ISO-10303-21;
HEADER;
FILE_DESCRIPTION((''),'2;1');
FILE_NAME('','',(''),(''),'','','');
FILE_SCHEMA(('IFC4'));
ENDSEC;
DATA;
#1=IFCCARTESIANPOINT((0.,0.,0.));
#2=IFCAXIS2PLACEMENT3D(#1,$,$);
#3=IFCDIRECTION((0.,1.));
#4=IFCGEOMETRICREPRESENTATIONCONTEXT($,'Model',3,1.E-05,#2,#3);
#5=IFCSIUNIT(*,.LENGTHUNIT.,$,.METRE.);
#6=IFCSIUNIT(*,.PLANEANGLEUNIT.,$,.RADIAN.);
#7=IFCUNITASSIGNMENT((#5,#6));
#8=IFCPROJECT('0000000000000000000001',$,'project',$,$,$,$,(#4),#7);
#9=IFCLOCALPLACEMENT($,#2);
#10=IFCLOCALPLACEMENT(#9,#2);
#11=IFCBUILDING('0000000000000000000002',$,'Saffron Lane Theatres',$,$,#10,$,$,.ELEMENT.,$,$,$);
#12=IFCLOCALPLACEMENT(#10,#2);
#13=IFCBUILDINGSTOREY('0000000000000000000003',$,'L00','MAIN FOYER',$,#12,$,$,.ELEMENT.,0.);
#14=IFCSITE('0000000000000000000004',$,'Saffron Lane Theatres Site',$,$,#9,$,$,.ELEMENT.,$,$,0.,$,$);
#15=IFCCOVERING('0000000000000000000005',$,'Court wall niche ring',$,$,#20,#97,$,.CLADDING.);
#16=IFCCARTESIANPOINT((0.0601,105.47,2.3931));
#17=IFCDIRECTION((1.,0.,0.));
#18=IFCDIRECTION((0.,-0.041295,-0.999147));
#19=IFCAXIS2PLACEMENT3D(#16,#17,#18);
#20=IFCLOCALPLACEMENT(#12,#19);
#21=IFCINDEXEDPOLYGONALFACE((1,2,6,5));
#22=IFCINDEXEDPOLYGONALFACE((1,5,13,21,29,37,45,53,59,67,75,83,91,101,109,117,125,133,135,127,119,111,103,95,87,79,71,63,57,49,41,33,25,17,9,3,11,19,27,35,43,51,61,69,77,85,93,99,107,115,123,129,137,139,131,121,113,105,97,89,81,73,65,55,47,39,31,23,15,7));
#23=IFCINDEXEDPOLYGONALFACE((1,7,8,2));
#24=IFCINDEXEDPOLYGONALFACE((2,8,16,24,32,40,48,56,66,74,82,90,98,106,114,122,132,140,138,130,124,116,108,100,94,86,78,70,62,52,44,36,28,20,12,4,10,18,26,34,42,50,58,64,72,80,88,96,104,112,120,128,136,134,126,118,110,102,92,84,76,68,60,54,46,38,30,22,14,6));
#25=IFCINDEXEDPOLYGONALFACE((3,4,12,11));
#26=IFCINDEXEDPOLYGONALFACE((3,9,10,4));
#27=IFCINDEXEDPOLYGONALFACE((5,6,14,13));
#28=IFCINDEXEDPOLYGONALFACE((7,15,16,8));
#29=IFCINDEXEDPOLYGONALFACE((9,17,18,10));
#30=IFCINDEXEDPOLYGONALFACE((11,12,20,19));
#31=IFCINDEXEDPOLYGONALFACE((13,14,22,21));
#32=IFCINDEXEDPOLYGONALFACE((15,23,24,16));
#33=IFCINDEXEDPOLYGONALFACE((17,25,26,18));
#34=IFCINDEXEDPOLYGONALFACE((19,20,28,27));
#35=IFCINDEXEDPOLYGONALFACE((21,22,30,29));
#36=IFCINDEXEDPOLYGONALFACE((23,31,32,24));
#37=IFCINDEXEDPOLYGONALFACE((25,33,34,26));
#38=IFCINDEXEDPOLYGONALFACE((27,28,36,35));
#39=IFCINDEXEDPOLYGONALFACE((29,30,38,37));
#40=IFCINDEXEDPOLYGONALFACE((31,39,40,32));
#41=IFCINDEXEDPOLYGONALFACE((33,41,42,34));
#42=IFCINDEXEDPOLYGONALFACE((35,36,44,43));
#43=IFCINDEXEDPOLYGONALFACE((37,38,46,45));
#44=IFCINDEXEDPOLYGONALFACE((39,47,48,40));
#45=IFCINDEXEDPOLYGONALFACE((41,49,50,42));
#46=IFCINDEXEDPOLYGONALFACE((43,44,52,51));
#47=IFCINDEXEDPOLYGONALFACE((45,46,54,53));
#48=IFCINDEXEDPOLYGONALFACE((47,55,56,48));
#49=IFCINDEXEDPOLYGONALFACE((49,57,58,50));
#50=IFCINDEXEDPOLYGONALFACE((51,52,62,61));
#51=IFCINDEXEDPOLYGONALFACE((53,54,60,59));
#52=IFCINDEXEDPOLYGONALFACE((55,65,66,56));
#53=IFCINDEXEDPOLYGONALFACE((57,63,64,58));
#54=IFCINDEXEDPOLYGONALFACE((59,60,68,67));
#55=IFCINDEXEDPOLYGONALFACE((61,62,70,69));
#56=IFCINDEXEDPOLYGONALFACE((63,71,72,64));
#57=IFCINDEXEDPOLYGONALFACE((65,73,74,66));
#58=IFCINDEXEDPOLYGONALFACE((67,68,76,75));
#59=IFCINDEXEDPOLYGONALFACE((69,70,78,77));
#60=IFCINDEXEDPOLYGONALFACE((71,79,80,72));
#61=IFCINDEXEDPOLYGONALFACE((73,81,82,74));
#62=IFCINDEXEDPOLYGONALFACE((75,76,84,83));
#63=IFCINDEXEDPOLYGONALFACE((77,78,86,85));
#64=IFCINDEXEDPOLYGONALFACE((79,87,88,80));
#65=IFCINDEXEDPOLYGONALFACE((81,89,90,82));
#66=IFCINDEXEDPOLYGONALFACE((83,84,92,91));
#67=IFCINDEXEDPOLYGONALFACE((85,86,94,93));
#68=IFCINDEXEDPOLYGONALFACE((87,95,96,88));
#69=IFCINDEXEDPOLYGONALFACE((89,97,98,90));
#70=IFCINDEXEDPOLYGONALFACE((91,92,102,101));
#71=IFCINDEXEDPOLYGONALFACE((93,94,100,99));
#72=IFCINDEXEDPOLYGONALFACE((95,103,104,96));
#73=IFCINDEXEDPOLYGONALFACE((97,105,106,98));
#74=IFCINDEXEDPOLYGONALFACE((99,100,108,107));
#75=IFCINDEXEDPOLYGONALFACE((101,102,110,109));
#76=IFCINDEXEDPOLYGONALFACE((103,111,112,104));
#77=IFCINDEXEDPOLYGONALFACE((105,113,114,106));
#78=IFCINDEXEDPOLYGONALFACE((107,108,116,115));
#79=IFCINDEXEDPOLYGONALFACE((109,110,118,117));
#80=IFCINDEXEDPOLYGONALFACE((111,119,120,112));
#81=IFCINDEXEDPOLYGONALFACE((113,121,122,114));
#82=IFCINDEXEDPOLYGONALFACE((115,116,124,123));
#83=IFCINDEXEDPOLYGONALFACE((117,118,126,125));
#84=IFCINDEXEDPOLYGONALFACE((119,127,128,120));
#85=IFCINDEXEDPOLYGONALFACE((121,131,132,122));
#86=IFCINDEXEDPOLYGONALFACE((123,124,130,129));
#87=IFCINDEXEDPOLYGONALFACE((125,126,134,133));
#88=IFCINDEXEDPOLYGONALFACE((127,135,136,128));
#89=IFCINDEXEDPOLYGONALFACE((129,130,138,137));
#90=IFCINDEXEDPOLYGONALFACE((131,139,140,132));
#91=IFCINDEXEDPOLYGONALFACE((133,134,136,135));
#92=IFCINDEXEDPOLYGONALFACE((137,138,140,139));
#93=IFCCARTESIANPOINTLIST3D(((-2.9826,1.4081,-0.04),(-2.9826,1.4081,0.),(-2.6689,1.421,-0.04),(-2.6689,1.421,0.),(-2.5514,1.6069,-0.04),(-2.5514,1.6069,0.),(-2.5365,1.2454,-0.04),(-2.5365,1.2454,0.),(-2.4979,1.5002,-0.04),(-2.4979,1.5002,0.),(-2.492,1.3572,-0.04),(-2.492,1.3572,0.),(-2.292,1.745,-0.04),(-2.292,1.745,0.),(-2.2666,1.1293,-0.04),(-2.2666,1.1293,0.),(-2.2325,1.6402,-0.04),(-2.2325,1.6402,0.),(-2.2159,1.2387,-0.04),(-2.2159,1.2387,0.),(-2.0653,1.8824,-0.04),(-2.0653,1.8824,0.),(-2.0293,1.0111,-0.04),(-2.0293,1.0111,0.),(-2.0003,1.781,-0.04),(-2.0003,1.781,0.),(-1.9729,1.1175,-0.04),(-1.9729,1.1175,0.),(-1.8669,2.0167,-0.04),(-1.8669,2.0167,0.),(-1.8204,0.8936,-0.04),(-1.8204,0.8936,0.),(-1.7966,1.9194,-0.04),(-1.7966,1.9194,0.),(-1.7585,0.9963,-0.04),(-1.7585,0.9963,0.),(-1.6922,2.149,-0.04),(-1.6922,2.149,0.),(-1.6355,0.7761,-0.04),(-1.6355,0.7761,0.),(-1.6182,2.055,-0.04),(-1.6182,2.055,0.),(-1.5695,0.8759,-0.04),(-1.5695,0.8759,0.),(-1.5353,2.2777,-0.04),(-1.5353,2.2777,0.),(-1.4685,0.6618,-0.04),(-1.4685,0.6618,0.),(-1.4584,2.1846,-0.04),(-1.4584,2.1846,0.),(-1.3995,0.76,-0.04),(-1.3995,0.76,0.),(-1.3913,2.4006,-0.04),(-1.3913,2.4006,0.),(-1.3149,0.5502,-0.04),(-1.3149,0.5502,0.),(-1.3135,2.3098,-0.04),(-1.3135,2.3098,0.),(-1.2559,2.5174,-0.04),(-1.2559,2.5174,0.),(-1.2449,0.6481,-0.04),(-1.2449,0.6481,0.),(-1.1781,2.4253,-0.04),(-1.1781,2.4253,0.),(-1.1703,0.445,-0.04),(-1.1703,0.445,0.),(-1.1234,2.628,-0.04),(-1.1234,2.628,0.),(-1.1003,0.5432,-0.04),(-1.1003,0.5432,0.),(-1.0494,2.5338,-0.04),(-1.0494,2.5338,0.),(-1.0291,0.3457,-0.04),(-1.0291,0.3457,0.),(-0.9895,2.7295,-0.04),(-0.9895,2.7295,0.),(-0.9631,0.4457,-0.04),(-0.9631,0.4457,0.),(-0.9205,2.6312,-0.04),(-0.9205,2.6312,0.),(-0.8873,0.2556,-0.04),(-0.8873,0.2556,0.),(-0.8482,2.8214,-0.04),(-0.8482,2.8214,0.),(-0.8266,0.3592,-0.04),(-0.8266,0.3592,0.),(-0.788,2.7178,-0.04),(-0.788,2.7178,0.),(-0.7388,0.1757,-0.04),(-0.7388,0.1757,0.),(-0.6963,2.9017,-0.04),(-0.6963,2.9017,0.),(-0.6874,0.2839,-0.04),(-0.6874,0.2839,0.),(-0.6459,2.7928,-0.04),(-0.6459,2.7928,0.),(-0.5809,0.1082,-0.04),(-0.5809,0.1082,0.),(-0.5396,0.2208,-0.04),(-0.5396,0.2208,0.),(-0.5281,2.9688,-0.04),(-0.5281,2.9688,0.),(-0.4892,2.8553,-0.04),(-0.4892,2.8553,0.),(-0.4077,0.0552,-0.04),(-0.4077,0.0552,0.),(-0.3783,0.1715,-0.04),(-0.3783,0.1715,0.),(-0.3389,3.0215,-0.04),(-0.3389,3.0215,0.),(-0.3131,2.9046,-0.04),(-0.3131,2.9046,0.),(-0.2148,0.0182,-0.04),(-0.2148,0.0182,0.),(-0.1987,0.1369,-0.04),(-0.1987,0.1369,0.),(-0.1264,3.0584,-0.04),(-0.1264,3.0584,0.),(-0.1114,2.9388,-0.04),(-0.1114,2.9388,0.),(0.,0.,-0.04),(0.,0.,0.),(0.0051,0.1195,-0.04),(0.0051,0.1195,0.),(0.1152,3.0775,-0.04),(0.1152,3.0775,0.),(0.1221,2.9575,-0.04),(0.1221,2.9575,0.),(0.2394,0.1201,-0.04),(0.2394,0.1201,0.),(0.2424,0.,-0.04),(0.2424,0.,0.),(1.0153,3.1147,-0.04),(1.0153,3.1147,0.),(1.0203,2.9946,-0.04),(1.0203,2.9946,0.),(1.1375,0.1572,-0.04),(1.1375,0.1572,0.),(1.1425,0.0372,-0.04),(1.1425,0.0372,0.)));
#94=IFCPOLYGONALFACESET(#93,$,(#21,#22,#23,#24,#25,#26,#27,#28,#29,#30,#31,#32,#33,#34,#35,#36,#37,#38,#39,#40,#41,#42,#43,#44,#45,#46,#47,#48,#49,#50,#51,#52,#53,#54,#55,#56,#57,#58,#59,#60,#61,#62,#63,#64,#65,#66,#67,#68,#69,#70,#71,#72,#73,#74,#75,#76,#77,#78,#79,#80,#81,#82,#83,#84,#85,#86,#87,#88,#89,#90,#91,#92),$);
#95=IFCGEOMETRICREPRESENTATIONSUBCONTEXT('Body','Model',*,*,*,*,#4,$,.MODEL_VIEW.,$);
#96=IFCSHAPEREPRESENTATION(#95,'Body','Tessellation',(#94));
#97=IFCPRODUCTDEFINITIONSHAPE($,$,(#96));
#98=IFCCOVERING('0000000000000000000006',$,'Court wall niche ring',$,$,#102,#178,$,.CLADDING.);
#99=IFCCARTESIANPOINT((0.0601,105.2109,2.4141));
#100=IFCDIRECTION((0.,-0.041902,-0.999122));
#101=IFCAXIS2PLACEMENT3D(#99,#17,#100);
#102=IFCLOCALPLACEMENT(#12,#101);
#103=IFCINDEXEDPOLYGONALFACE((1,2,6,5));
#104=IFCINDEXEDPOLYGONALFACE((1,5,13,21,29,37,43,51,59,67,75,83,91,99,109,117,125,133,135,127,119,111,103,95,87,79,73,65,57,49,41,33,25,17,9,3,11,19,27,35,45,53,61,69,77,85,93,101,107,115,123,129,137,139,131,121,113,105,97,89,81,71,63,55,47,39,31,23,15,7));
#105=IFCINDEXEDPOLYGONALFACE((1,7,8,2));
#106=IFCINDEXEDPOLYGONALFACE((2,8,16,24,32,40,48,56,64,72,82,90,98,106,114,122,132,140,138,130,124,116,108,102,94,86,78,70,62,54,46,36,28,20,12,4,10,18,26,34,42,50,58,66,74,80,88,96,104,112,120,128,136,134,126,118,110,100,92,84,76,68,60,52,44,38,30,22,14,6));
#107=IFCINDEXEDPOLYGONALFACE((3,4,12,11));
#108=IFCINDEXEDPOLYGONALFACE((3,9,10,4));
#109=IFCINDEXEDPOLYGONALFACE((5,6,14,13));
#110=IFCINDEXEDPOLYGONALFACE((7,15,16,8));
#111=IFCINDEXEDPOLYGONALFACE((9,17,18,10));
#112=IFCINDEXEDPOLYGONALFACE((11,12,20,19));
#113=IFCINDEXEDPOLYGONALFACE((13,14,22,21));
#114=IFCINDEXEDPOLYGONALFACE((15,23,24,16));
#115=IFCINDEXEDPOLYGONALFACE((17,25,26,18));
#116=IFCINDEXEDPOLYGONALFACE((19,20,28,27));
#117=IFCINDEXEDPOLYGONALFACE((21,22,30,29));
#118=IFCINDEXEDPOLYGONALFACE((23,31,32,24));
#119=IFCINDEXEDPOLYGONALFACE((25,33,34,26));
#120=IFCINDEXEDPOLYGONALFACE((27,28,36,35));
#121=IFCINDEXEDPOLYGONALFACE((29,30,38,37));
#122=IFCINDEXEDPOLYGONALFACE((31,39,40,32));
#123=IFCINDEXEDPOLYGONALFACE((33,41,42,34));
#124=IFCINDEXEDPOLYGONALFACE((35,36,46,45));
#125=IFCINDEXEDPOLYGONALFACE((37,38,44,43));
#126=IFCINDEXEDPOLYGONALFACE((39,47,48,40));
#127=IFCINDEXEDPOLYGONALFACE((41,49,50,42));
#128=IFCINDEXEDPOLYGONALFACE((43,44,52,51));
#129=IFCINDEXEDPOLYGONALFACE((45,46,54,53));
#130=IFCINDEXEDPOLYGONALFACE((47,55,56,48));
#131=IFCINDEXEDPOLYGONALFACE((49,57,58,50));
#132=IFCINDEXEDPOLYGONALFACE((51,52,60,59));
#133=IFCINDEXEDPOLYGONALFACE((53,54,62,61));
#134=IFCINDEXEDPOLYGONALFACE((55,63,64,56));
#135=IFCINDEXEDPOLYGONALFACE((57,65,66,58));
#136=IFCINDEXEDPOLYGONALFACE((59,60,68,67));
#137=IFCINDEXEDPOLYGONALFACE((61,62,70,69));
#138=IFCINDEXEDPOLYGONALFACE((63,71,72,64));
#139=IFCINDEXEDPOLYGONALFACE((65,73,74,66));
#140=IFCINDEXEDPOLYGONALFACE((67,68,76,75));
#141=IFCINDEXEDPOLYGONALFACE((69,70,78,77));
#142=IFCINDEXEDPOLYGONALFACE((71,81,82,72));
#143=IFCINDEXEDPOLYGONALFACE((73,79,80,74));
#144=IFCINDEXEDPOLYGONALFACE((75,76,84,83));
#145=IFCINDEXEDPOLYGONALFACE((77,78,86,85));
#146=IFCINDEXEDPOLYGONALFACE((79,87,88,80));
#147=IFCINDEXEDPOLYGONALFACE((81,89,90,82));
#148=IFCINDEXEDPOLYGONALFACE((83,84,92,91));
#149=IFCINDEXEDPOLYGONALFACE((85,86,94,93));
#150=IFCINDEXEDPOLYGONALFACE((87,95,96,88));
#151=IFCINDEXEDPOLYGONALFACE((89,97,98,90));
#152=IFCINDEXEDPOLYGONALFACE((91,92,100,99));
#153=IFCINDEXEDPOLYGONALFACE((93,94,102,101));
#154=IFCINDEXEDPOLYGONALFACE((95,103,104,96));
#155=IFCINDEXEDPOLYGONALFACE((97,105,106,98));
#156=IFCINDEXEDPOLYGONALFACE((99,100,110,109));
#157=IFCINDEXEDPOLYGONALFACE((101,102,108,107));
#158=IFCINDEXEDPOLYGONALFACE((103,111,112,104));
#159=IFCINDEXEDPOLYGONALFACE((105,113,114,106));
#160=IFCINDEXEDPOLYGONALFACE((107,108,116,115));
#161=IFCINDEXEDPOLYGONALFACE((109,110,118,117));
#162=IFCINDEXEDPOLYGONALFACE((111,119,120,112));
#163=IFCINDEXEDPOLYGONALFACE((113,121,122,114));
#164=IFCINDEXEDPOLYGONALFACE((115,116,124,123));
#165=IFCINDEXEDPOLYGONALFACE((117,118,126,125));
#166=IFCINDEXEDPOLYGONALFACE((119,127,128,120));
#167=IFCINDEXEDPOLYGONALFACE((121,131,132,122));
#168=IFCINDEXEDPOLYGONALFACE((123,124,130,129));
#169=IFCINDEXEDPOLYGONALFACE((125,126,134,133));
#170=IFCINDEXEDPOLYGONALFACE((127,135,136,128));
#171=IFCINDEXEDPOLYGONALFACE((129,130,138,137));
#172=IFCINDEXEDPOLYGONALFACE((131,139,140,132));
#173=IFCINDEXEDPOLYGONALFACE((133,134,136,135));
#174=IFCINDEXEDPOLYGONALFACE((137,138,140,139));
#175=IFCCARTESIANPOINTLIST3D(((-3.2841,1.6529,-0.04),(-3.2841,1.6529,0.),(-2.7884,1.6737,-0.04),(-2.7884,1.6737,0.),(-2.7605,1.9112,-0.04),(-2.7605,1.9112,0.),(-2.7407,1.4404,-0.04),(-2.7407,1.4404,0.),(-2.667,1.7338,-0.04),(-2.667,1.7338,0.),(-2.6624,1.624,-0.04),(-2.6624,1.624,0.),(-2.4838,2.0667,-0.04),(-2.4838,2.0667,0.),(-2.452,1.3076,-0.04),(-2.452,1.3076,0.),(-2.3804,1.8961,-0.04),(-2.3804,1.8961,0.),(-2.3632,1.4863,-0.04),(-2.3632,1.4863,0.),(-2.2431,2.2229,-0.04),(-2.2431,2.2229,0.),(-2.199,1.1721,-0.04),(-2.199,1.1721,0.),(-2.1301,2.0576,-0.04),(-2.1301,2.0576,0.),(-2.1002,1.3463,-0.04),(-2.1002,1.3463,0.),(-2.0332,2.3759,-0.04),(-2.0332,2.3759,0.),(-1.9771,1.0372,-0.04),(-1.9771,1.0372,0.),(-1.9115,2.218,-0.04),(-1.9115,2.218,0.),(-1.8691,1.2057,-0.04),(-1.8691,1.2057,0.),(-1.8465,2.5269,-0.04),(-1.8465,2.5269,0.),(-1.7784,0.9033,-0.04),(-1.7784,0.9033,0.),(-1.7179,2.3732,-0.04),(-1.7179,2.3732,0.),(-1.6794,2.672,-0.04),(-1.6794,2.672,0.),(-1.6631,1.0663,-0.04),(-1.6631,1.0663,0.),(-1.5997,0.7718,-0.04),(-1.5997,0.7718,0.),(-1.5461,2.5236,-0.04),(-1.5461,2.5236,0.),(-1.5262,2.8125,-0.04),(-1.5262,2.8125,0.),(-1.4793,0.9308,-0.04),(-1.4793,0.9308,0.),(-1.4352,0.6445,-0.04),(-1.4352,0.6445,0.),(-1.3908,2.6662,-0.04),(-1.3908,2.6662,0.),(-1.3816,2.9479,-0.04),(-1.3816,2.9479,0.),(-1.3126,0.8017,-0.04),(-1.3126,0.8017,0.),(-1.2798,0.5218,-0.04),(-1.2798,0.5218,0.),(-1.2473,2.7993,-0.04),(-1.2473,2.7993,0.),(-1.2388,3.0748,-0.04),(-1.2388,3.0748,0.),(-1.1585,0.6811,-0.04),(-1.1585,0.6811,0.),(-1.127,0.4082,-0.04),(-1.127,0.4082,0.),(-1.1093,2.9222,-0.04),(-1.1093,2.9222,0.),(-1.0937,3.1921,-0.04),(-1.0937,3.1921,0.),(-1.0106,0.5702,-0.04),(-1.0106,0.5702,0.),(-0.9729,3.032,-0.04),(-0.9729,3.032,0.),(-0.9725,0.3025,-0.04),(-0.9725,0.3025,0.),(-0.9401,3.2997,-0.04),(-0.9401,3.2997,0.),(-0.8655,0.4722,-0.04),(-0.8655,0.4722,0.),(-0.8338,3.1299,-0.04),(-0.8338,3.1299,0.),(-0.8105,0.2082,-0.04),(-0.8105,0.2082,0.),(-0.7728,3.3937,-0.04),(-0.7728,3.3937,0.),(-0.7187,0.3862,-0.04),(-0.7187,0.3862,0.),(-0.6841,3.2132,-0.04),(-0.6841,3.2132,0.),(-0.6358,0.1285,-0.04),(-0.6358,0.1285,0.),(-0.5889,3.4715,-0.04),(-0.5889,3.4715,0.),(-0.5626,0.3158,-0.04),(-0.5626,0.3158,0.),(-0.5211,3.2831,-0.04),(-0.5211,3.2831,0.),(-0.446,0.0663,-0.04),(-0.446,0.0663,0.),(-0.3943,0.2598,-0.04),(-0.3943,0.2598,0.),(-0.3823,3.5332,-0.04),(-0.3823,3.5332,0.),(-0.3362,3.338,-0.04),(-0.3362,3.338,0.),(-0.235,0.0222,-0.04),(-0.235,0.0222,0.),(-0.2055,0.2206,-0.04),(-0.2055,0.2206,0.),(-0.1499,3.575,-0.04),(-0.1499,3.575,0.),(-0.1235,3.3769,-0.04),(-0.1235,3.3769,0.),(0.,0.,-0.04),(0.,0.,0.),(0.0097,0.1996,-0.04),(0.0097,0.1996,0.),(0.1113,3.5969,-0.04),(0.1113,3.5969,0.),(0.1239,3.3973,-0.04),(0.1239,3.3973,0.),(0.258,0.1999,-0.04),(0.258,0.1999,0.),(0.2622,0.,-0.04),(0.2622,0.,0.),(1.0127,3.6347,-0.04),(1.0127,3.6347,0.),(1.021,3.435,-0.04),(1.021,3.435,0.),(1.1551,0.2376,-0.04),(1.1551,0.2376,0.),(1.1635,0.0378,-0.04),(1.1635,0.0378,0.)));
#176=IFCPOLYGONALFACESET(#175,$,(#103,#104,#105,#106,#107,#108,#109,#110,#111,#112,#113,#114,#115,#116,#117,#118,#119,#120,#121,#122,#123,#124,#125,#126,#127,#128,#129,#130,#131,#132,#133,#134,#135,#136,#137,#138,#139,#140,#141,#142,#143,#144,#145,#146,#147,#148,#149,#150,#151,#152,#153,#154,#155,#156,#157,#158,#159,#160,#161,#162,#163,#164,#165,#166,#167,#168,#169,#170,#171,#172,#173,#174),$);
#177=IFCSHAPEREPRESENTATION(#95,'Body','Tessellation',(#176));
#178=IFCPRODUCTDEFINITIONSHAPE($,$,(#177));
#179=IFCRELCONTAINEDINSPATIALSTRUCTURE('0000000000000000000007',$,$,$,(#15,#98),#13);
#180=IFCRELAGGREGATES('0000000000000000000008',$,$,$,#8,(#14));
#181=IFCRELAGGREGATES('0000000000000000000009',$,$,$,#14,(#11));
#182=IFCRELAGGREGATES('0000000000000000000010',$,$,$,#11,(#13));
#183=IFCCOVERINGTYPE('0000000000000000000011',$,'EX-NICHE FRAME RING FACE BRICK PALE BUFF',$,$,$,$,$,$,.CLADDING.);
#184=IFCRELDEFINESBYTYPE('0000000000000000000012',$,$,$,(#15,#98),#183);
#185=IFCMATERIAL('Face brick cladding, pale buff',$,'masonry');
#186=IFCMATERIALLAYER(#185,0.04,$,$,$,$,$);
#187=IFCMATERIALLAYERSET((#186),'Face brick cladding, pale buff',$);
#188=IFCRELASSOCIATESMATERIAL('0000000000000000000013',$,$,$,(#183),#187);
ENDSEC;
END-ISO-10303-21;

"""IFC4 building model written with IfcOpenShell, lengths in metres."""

from ifc_helpers import new_model, si_unit, direction, frame, origin, place, context, subcontext, project, spatial, polyline, outline, extrude, material, layer, layer_set, type_object, element, save


model = new_model("IFC4")

# Units and contexts
model_context = context("Model", 3, precision=1e-05, world=origin(), true_north=direction((0.0, 1.0)))
body_context = subcontext(model_context, "Body", "Model", "MODEL_VIEW")
ifc_project = project(units=[si_unit("LENGTHUNIT", "METRE"), si_unit("PLANEANGLEUNIT", "RADIAN")], contexts=[model_context])

# Site, building, storey
site_placement = place(None, origin())
site = spatial("IfcSite", under=ifc_project, at=site_placement, Name="Saffron Lane Theatres Site", CompositionType="ELEMENT", RefElevation=0.0)
building_placement = place(site_placement, origin())
building = spatial("IfcBuilding", under=site, at=building_placement, Name="Saffron Lane Theatres", CompositionType="ELEMENT")
storey_placement = place(building_placement, origin())
storey = spatial("IfcBuildingStorey", under=building, at=storey_placement, Name="L00", Description="MAIN FOYER", CompositionType="ELEMENT", Elevation=0.0)

# Coverings
ifc_material_1 = material(Name="Face brick cladding, pale buff", Category="masonry")
ifc_layer_1 = layer(ifc_material_1, 0.04)
ifc_layer_set_1 = layer_set([ifc_layer_1], Name="Face brick cladding, pale buff")
covering_type_1 = type_object("IfcCoveringType", Name="EX-NICHE FRAME RING FACE BRICK PALE BUFF", PredefinedType="CLADDING", material=ifc_layer_set_1)
covering_1_placement = place(storey_placement, frame((0.0601, 105.47, 2.3931), z_axis=(1.0, 0.0, 0.0), x_axis=(0.0, -0.041295, -0.999147)))
element("IfcCovering", 1, at=covering_1_placement, inside=storey, type_object=covering_type_1, Name="Court wall niche ring", PredefinedType="CLADDING", context=body_context, shape_type="SweptSolid", body=[
    extrude(outline(polyline([(0.0, 0.0), (0.2424, 0.0), (1.1425, 0.0372), (1.1375, 0.1572), (0.2394, 0.1201), (0.0051, 0.1195), (-0.1987, 0.1369), (-0.3783, 0.1715), (-0.5396, 0.2208), (-0.6874, 0.2839), (-0.8266, 0.3592), (-0.9631, 0.4457), (-1.1003, 0.5432), (-1.2449, 0.6481), (-1.3995, 0.76), (-1.5695, 0.8759), (-1.7585, 0.9963), (-1.9729, 1.1175), (-2.2159, 1.2387), (-2.492, 1.3572), (-2.6689, 1.421), (-2.4979, 1.5002), (-2.2325, 1.6402), (-2.0003, 1.781), (-1.7966, 1.9194), (-1.6182, 2.055), (-1.4584, 2.1846), (-1.3135, 2.3098), (-1.1781, 2.4253), (-1.0494, 2.5338), (-0.9205, 2.6312), (-0.788, 2.7178), (-0.6459, 2.7928), (-0.4892, 2.8553), (-0.3131, 2.9046), (-0.1114, 2.9388), (0.1221, 2.9575), (1.0203, 2.9946), (1.0153, 3.1147), (0.1152, 3.0775), (-0.1264, 3.0584), (-0.3389, 3.0215), (-0.5281, 2.9688), (-0.6963, 2.9017), (-0.8482, 2.8214), (-0.9895, 2.7295), (-1.1234, 2.628), (-1.2559, 2.5174), (-1.3913, 2.4006), (-1.5353, 2.2777), (-1.6922, 2.149), (-1.8669, 2.0167), (-2.0653, 1.8824), (-2.292, 1.745), (-2.5514, 1.6069), (-2.9826, 1.4081), (-2.5365, 1.2454), (-2.2666, 1.1293), (-2.0293, 1.0111), (-1.8204, 0.8936), (-1.6355, 0.7761), (-1.4685, 0.6618), (-1.3149, 0.5502), (-1.1703, 0.445), (-1.0291, 0.3457), (-0.8873, 0.2556), (-0.7388, 0.1757), (-0.5809, 0.1082), (-0.4077, 0.0552), (-0.2148, 0.0182), (0.0, 0.0)])), origin(), (0.0, 0.0, -1.0), 0.04),
])
covering_2_placement = place(storey_placement, frame((0.0601, 105.2109, 2.4141), z_axis=(1.0, 0.0, 0.0), x_axis=(0.0, -0.041902, -0.999122)))
element("IfcCovering", 2, at=covering_2_placement, inside=storey, type_object=covering_type_1, Name="Court wall niche ring", PredefinedType="CLADDING", context=body_context, shape_type="SweptSolid", body=[
    extrude(outline(polyline([(0.0, 0.0), (0.2622, 0.0), (1.1635, 0.0378), (1.1551, 0.2376), (0.258, 0.1999), (0.0097, 0.1996), (-0.2055, 0.2206), (-0.3943, 0.2598), (-0.5626, 0.3158), (-0.7187, 0.3862), (-0.8655, 0.4722), (-1.0106, 0.5702), (-1.1585, 0.6811), (-1.3126, 0.8017), (-1.4793, 0.9308), (-1.6631, 1.0663), (-1.8691, 1.2057), (-2.1002, 1.3463), (-2.3632, 1.4863), (-2.6624, 1.624), (-2.7884, 1.6737), (-2.667, 1.7338), (-2.3804, 1.8961), (-2.1301, 2.0576), (-1.9115, 2.218), (-1.7179, 2.3732), (-1.5461, 2.5236), (-1.3908, 2.6662), (-1.2473, 2.7993), (-1.1093, 2.9222), (-0.9729, 3.032), (-0.8338, 3.1299), (-0.6841, 3.2132), (-0.5211, 3.2831), (-0.3362, 3.338), (-0.1235, 3.3769), (0.1239, 3.3973), (1.021, 3.435), (1.0127, 3.6347), (0.1113, 3.5969), (-0.1499, 3.575), (-0.3823, 3.5332), (-0.5889, 3.4715), (-0.7728, 3.3937), (-0.9401, 3.2997), (-1.0937, 3.1921), (-1.2388, 3.0748), (-1.3816, 2.9479), (-1.5262, 2.8125), (-1.6794, 2.672), (-1.8465, 2.5269), (-2.0332, 2.3759), (-2.2431, 2.2229), (-2.4838, 2.0667), (-2.7605, 1.9112), (-3.2841, 1.6529), (-2.7407, 1.4404), (-2.452, 1.3076), (-2.199, 1.1721), (-1.9771, 1.0372), (-1.7784, 0.9033), (-1.5997, 0.7718), (-1.4352, 0.6445), (-1.2798, 0.5218), (-1.127, 0.4082), (-0.9725, 0.3025), (-0.8105, 0.2082), (-0.6358, 0.1285), (-0.446, 0.0663), (-0.235, 0.0222), (0.0, 0.0)])), origin(), (0.0, 0.0, -1.0), 0.04),
])

save(model, "model.ifc")
